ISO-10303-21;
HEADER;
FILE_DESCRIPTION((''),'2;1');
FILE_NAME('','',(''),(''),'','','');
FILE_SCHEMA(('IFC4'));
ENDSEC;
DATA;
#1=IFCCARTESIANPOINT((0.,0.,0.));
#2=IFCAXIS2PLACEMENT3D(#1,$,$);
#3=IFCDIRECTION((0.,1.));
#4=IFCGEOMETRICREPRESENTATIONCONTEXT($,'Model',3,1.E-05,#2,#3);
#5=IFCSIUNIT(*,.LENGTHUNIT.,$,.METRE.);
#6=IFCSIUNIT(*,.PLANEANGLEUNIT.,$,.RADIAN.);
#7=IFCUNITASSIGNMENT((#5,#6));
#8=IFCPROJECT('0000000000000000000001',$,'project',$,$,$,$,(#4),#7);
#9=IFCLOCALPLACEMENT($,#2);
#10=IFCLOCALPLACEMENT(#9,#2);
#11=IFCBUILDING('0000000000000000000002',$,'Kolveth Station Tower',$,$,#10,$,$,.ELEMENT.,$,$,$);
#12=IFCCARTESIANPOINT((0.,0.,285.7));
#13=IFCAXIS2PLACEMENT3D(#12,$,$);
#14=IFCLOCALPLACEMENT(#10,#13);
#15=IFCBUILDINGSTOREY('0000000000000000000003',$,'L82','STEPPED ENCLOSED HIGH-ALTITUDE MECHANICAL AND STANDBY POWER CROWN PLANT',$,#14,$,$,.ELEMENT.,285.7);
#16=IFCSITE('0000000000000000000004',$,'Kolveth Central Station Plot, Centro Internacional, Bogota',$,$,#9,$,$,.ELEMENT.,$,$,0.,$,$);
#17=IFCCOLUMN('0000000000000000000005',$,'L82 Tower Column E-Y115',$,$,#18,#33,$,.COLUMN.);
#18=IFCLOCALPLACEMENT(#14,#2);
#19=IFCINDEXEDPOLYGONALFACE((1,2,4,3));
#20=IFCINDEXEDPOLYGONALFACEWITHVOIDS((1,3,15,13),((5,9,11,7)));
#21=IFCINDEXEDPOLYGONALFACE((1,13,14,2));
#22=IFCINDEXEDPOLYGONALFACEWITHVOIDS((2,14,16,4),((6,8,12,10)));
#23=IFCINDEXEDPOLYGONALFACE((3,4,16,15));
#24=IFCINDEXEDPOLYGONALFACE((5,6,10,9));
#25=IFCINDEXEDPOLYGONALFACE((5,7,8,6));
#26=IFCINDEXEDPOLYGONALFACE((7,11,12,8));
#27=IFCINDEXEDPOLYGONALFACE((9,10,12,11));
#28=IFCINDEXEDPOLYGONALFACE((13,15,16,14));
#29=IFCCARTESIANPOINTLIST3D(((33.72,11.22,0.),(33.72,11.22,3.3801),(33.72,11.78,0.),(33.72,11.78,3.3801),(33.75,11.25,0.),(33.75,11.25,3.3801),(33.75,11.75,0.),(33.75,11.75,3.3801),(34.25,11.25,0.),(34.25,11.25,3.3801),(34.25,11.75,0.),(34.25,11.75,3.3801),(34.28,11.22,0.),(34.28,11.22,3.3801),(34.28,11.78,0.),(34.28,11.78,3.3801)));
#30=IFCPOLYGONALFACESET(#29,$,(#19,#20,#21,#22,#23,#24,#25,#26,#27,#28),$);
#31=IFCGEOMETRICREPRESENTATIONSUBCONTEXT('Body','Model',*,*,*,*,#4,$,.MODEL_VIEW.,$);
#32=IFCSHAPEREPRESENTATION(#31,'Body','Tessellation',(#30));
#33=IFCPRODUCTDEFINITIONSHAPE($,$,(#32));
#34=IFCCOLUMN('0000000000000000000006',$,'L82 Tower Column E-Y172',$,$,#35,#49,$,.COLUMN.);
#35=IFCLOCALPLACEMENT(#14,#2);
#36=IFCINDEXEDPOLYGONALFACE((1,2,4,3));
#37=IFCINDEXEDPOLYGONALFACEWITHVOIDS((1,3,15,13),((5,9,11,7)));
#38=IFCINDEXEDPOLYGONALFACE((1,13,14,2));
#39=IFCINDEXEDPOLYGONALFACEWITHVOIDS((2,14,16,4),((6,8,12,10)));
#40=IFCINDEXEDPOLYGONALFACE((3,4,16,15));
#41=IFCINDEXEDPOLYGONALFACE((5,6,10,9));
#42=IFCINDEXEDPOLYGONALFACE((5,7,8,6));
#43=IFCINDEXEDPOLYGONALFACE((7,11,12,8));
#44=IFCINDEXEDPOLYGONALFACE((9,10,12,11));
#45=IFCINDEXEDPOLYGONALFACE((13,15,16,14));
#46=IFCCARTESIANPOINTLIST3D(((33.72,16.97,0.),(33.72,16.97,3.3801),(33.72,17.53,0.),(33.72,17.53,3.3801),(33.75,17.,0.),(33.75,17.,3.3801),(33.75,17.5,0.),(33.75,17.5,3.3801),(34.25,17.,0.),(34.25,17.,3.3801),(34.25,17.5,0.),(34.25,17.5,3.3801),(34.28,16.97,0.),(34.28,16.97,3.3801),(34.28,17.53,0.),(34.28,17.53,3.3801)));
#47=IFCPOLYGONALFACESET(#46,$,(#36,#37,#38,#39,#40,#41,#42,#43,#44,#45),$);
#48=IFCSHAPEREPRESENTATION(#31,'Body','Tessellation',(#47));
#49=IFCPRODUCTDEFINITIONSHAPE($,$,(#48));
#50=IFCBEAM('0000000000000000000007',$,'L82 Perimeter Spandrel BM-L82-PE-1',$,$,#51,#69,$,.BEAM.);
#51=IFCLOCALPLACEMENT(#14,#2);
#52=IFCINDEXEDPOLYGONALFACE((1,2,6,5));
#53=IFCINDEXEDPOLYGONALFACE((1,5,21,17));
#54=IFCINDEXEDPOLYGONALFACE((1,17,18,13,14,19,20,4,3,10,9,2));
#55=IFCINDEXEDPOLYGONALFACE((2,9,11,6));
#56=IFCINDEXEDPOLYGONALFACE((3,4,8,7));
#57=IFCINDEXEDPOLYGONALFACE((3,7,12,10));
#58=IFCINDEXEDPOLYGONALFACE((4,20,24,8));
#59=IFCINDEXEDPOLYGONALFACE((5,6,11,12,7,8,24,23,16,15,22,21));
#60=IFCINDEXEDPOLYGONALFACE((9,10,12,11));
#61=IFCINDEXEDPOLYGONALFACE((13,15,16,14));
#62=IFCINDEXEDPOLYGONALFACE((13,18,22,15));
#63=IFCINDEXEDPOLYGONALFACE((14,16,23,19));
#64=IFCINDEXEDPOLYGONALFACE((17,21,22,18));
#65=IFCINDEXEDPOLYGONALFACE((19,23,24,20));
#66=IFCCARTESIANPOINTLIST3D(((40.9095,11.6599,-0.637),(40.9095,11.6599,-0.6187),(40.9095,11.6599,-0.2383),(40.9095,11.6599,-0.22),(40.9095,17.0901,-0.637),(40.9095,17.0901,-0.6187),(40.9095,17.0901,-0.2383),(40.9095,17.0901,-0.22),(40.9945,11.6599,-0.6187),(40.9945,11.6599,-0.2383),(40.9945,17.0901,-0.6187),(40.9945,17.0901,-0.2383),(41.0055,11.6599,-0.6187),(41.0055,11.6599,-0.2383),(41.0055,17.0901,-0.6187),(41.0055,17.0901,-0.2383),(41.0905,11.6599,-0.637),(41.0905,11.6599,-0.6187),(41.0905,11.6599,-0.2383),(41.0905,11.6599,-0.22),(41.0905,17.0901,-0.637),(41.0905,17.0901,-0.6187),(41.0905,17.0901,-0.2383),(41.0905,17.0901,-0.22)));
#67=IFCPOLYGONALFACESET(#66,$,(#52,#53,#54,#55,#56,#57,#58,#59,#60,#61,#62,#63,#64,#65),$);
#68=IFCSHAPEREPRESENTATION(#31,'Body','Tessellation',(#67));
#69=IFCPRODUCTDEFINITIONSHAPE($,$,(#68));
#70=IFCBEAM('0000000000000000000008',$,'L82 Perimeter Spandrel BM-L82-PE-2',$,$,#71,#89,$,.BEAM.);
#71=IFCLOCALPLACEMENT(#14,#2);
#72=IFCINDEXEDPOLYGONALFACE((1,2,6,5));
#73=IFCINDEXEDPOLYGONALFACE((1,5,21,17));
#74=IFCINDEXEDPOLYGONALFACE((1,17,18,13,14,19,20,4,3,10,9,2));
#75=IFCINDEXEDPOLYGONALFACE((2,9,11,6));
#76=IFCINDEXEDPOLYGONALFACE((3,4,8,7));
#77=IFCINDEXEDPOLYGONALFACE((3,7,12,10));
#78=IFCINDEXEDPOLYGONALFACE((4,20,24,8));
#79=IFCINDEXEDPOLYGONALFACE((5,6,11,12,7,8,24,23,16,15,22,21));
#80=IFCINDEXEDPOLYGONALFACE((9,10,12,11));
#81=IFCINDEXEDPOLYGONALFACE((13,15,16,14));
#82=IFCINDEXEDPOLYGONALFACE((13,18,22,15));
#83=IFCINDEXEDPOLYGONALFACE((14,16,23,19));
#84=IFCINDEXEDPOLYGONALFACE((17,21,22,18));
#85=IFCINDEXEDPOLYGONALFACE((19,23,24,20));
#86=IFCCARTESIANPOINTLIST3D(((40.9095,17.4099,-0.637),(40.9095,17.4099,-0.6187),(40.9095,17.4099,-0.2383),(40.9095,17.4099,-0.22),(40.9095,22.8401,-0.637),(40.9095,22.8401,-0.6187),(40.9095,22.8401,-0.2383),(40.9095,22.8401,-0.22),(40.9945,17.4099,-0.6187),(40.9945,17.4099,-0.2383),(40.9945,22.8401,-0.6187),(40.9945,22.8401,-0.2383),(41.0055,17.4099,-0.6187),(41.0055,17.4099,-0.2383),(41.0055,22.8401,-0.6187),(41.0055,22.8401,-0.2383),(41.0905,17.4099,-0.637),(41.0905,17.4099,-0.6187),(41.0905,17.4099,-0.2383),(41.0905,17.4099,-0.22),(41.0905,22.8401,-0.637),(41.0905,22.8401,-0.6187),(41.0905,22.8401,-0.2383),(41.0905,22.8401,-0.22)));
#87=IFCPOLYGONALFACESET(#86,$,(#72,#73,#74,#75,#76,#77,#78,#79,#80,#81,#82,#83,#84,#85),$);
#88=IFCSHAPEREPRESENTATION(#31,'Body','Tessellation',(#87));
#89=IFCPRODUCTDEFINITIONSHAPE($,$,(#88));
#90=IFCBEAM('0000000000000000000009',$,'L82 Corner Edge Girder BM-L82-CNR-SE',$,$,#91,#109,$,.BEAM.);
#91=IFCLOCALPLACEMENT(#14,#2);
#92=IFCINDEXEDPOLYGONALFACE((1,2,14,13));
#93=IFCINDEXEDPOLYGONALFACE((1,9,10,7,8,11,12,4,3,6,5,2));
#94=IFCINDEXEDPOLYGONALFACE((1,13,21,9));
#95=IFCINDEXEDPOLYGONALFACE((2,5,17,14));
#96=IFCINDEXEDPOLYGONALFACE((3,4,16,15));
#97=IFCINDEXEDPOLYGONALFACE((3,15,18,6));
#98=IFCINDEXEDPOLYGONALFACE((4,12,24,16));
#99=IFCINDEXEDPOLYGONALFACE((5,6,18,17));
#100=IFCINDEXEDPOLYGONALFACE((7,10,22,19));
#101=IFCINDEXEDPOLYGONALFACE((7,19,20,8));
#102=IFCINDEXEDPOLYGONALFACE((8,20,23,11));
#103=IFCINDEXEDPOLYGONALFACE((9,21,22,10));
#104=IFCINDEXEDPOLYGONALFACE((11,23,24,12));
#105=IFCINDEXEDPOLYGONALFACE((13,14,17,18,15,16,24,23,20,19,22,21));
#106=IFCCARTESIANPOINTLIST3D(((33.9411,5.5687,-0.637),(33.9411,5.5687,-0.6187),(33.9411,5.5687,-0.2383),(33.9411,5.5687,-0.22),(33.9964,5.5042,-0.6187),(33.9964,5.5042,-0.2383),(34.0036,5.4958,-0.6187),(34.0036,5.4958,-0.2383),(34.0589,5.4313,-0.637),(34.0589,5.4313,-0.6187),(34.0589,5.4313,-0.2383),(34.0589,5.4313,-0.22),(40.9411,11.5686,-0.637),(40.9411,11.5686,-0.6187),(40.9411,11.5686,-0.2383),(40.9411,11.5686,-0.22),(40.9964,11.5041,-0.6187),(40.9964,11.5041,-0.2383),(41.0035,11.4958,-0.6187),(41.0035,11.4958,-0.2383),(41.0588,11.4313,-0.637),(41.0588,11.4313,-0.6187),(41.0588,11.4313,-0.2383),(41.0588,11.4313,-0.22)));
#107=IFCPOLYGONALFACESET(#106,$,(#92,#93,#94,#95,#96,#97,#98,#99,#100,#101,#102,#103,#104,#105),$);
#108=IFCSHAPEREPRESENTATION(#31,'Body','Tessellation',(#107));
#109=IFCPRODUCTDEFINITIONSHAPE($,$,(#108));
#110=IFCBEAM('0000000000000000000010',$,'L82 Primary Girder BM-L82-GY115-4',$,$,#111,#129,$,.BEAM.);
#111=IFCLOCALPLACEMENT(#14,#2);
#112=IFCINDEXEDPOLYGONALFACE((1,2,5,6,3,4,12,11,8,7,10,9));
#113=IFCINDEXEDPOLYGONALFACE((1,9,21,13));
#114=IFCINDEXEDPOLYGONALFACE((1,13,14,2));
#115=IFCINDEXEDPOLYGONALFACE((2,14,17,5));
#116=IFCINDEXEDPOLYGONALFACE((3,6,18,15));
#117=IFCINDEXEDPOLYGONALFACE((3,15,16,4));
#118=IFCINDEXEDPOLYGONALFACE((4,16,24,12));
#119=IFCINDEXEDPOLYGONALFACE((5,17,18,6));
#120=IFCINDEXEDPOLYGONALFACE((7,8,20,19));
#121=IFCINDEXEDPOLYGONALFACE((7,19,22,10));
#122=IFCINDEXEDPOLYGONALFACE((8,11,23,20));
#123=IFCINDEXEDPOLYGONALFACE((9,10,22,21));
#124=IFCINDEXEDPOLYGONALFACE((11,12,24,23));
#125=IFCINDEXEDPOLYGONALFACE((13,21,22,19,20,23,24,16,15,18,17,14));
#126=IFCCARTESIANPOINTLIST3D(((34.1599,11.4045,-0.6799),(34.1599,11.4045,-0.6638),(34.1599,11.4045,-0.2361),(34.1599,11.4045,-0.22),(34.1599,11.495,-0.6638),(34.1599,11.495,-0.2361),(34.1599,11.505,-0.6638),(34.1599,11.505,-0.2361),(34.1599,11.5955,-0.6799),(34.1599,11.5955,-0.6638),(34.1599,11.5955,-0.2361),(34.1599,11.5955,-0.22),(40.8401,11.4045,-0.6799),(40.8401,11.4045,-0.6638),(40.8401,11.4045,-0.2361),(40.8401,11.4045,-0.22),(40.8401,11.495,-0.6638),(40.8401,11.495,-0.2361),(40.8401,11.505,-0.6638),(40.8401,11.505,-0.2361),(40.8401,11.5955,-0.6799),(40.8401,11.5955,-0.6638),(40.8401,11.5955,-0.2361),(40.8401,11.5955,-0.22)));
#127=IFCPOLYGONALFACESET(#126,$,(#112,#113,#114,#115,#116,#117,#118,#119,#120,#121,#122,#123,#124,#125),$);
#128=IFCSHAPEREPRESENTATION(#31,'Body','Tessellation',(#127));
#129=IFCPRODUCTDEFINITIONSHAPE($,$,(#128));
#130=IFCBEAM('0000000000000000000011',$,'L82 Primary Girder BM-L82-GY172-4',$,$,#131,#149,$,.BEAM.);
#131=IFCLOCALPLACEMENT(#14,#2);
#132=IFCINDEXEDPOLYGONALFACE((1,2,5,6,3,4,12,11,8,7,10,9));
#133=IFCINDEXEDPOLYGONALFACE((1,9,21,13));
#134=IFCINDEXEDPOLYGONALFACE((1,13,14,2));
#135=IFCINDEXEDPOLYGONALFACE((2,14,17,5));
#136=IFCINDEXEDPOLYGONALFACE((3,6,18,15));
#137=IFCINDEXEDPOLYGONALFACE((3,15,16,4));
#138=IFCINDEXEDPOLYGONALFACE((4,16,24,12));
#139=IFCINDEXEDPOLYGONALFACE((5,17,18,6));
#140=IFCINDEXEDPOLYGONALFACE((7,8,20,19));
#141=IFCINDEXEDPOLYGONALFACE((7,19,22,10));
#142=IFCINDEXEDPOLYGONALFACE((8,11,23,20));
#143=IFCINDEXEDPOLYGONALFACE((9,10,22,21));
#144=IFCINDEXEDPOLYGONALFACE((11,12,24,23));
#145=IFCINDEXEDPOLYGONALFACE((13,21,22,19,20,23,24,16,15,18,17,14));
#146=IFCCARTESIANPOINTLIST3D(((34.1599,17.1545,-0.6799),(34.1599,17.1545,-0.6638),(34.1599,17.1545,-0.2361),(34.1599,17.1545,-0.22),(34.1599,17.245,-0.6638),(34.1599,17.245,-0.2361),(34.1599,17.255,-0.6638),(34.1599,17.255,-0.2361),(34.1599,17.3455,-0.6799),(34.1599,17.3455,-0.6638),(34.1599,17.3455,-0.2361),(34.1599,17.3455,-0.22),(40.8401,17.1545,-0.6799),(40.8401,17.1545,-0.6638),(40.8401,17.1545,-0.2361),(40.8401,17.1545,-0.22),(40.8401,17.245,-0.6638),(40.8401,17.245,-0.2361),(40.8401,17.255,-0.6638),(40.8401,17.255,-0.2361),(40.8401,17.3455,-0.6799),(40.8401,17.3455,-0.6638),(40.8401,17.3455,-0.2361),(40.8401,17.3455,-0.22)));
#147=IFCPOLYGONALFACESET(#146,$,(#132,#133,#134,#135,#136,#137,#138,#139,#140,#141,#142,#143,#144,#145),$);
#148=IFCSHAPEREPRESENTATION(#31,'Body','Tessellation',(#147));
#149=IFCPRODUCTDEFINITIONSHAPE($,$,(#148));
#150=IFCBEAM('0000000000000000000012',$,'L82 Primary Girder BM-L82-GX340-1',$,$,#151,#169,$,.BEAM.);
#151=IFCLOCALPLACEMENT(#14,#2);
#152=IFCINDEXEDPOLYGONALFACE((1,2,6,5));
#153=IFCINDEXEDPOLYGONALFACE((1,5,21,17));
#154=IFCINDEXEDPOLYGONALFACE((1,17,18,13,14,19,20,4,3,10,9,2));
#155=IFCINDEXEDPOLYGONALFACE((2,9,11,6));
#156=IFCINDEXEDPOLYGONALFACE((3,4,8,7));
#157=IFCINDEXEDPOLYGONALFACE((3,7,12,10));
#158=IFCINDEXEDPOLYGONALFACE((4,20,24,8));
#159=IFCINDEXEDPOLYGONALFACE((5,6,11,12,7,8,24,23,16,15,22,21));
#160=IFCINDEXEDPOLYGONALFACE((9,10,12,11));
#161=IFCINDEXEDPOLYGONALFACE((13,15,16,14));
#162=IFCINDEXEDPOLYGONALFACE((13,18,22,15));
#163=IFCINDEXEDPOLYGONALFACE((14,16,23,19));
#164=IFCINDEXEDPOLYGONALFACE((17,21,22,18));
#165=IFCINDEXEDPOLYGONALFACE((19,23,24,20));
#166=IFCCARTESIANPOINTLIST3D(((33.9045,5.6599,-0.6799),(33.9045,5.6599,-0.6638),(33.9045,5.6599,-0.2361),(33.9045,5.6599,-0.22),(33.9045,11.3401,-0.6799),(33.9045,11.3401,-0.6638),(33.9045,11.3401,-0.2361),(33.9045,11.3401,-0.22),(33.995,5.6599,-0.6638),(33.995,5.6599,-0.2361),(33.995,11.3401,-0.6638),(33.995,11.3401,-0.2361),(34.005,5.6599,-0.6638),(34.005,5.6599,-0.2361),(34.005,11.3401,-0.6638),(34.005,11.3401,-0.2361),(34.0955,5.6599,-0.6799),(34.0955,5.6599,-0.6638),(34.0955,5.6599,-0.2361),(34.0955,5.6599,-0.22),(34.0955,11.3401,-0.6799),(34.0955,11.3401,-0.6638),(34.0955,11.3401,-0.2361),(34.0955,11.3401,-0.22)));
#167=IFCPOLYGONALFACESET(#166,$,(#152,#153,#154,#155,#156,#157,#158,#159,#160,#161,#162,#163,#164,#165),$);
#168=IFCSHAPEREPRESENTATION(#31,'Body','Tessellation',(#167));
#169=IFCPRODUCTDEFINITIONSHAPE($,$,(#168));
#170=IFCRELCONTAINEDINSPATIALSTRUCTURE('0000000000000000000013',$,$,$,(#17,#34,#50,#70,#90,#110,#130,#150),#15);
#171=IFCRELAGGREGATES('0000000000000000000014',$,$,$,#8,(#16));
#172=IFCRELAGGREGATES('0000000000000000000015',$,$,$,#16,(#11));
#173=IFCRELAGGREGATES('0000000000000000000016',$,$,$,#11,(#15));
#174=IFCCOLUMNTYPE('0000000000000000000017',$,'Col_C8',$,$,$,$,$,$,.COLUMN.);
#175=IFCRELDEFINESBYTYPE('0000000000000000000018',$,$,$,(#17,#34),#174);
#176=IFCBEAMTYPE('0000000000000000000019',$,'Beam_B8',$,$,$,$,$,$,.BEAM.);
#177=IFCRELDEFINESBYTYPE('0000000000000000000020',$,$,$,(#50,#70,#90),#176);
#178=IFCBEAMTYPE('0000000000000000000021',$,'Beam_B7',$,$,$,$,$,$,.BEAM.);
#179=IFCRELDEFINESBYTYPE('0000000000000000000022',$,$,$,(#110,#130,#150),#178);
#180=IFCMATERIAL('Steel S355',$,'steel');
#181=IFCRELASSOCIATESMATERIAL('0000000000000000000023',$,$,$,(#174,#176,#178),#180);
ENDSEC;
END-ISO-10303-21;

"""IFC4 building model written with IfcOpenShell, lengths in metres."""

from ifc_helpers import new_model, si_unit, direction, frame, origin, origin_2d, place, context, subcontext, project, spatial, hollow_rectangle, i_section, extrude, source, transform, mapped, material, material_profile, profile_set, type_object, element, save


model = new_model("IFC4")

# Units and contexts
model_context = context("Model", 3, precision=1e-05, world=origin(), true_north=direction((0.0, 1.0)))
body_context = subcontext(model_context, "Body", "Model", "MODEL_VIEW")
ifc_project = project(units=[si_unit("LENGTHUNIT", "METRE"), si_unit("PLANEANGLEUNIT", "RADIAN")], contexts=[model_context])

# Site, building, storey
site_placement = place(None, origin())
site = spatial("IfcSite", under=ifc_project, at=site_placement, Name="Kolveth Central Station Plot, Centro Internacional, Bogota", CompositionType="ELEMENT", RefElevation=0.0)
building_placement = place(site_placement, origin())
building = spatial("IfcBuilding", under=site, at=building_placement, Name="Kolveth Station Tower", CompositionType="ELEMENT")
storey_placement = place(building_placement, frame((0.0, 0.0, 285.7)))
storey = spatial("IfcBuildingStorey", under=building, at=storey_placement, Name="L82", Description="STEPPED ENCLOSED HIGH-ALTITUDE MECHANICAL AND STANDBY POWER CROWN PLANT", CompositionType="ELEMENT", Elevation=285.7)

# Columns
ifc_material_1 = material(Name="Steel S355", Category="steel")
ifc_material_profile_1 = material_profile(ifc_material_1, hollow_rectangle(XDim=0.5601, YDim=0.5601, WallThickness=0.03, at=origin_2d()), Name="BOX560x560x30")
ifc_profile_set_1 = profile_set([ifc_material_profile_1], Name="Steel S355")
column_type = type_object("IfcColumnType", Name="Col_C8", PredefinedType="COLUMN", material=ifc_profile_set_1)
shared_shape_1 = source(origin(), body_context, "Body", "SweptSolid", [
    extrude(hollow_rectangle(XDim=0.5601, YDim=0.5601, WallThickness=0.03, at=origin_2d()), origin(), (0.0, 0.0, 1.0), 3.3801),
])
for number, where, z_axis, x_axis, name in (
    (1, (34.0, 11.5, 0.0), (0.0, 0.0, 1.0), (1.0, 0.0, 0.0), "L82 Tower Column E-Y115"),
    (2, (34.0, 17.25, 0.0), (0.0, 0.0, 1.0), (1.0, 0.0, 0.0), "L82 Tower Column E-Y172"),
):
    element("IfcColumn", number, at=place(storey_placement, frame(where, z_axis=z_axis, x_axis=x_axis)), inside=storey, type_object=column_type, Name=name, PredefinedType="COLUMN", context=body_context, shape_type="MappedRepresentation", body=[
        mapped(shared_shape_1, transform((0.0, 0.0, 0.0), x_axis=(1.0, 0.0, 0.0), y_axis=(0.0, 1.0, 0.0), z_axis=(0.0, 0.0, 1.0), scale=1.0)),
    ])

# Beams
ifc_material_profile_2 = material_profile(ifc_material_1, i_section(OverallWidth=0.1809, OverallDepth=0.417, WebThickness=0.011, FlangeThickness=0.0183, at=origin_2d()), Name="W410x85")
ifc_profile_set_2 = profile_set([ifc_material_profile_2], Name="Steel S355")
beam_type_1 = type_object("IfcBeamType", Name="Beam_B8", PredefinedType="BEAM", material=ifc_profile_set_2)
shared_shape_2 = source(origin(), body_context, "Body", "SweptSolid", [
    extrude(i_section(OverallWidth=0.1809, OverallDepth=0.417, WebThickness=0.011, FlangeThickness=0.0183, at=origin_2d()), origin(), (0.0, 0.0, 1.0), 5.4302),
])
for number, where, z_axis, x_axis, name in (
    (3, (41.0, 11.6599, -0.4285), (0.0, 1.0, 0.0), (-1.0, 0.0, 0.0), "L82 Perimeter Spandrel BM-L82-PE-1"),
    (4, (41.0, 17.4099, -0.4285), (0.0, 1.0, 0.0), (-1.0, 0.0, 0.0), "L82 Perimeter Spandrel BM-L82-PE-2"),
):
    element("IfcBeam", number, at=place(storey_placement, frame(where, z_axis=z_axis, x_axis=x_axis)), inside=storey, type_object=beam_type_1, Name=name, PredefinedType="BEAM", context=body_context, shape_type="MappedRepresentation", body=[
        mapped(shared_shape_2, transform((0.0, 0.0, 0.0), x_axis=(1.0, 0.0, 0.0), y_axis=(0.0, 1.0, 0.0), z_axis=(0.0, 0.0, 1.0), scale=1.0)),
    ])
shared_shape_3 = source(origin(), body_context, "Body", "SweptSolid", [
    extrude(i_section(OverallWidth=0.1809, OverallDepth=0.417, WebThickness=0.011, FlangeThickness=0.0183, at=origin_2d()), origin(), (0.0, 0.0, 1.0), 9.2195),
])
beam_1_placement = place(storey_placement, frame((34.0, 5.5, -0.4285), z_axis=(0.759257, 0.650791, 0.0), x_axis=(-0.650791, 0.759257, 0.0)))
element("IfcBeam", 5, at=beam_1_placement, inside=storey, type_object=beam_type_1, Name="L82 Corner Edge Girder BM-L82-CNR-SE", PredefinedType="BEAM", context=body_context, shape_type="MappedRepresentation", body=[
    mapped(shared_shape_3, transform((0.0, 0.0, 0.0), x_axis=(1.0, 0.0, 0.0), y_axis=(0.0, 1.0, 0.0), z_axis=(0.0, 0.0, 1.0), scale=1.0)),
])
ifc_material_profile_3 = material_profile(ifc_material_1, i_section(OverallWidth=0.1909, OverallDepth=0.46, WebThickness=0.01, FlangeThickness=0.0161, at=origin_2d()), Name="W460x82")
ifc_profile_set_3 = profile_set([ifc_material_profile_3], Name="Steel S355")
beam_type_2 = type_object("IfcBeamType", Name="Beam_B7", PredefinedType="BEAM", material=ifc_profile_set_3)
shared_shape_4 = source(origin(), body_context, "Body", "SweptSolid", [
    extrude(i_section(OverallWidth=0.1909, OverallDepth=0.46, WebThickness=0.01, FlangeThickness=0.0161, at=origin_2d()), origin(), (0.0, 0.0, 1.0), 6.6802),
])
for number, where, z_axis, x_axis, name in (
    (6, (34.1599, 11.5, -0.45), (1.0, 0.0, 0.0), (0.0, 1.0, 0.0), "L82 Primary Girder BM-L82-GY115-4"),
    (7, (34.1599, 17.25, -0.45), (1.0, 0.0, 0.0), (0.0, 1.0, 0.0), "L82 Primary Girder BM-L82-GY172-4"),
):
    element("IfcBeam", number, at=place(storey_placement, frame(where, z_axis=z_axis, x_axis=x_axis)), inside=storey, type_object=beam_type_2, Name=name, PredefinedType="BEAM", context=body_context, shape_type="MappedRepresentation", body=[
        mapped(shared_shape_4, transform((0.0, 0.0, 0.0), x_axis=(1.0, 0.0, 0.0), y_axis=(0.0, 1.0, 0.0), z_axis=(0.0, 0.0, 1.0), scale=1.0)),
    ])
shared_shape_5 = source(origin(), body_context, "Body", "SweptSolid", [
    extrude(i_section(OverallWidth=0.1909, OverallDepth=0.46, WebThickness=0.01, FlangeThickness=0.0161, at=origin_2d()), origin(), (0.0, 0.0, 1.0), 5.6802),
])
beam_2_placement = place(storey_placement, frame((34.0, 5.6599, -0.45), z_axis=(0.0, 1.0, 0.0), x_axis=(-1.0, 0.0, 0.0)))
element("IfcBeam", 8, at=beam_2_placement, inside=storey, type_object=beam_type_2, Name="L82 Primary Girder BM-L82-GX340-1", PredefinedType="BEAM", context=body_context, shape_type="MappedRepresentation", body=[
    mapped(shared_shape_5, transform((0.0, 0.0, 0.0), x_axis=(1.0, 0.0, 0.0), y_axis=(0.0, 1.0, 0.0), z_axis=(0.0, 0.0, 1.0), scale=1.0)),
])

save(model, "model.ifc")
